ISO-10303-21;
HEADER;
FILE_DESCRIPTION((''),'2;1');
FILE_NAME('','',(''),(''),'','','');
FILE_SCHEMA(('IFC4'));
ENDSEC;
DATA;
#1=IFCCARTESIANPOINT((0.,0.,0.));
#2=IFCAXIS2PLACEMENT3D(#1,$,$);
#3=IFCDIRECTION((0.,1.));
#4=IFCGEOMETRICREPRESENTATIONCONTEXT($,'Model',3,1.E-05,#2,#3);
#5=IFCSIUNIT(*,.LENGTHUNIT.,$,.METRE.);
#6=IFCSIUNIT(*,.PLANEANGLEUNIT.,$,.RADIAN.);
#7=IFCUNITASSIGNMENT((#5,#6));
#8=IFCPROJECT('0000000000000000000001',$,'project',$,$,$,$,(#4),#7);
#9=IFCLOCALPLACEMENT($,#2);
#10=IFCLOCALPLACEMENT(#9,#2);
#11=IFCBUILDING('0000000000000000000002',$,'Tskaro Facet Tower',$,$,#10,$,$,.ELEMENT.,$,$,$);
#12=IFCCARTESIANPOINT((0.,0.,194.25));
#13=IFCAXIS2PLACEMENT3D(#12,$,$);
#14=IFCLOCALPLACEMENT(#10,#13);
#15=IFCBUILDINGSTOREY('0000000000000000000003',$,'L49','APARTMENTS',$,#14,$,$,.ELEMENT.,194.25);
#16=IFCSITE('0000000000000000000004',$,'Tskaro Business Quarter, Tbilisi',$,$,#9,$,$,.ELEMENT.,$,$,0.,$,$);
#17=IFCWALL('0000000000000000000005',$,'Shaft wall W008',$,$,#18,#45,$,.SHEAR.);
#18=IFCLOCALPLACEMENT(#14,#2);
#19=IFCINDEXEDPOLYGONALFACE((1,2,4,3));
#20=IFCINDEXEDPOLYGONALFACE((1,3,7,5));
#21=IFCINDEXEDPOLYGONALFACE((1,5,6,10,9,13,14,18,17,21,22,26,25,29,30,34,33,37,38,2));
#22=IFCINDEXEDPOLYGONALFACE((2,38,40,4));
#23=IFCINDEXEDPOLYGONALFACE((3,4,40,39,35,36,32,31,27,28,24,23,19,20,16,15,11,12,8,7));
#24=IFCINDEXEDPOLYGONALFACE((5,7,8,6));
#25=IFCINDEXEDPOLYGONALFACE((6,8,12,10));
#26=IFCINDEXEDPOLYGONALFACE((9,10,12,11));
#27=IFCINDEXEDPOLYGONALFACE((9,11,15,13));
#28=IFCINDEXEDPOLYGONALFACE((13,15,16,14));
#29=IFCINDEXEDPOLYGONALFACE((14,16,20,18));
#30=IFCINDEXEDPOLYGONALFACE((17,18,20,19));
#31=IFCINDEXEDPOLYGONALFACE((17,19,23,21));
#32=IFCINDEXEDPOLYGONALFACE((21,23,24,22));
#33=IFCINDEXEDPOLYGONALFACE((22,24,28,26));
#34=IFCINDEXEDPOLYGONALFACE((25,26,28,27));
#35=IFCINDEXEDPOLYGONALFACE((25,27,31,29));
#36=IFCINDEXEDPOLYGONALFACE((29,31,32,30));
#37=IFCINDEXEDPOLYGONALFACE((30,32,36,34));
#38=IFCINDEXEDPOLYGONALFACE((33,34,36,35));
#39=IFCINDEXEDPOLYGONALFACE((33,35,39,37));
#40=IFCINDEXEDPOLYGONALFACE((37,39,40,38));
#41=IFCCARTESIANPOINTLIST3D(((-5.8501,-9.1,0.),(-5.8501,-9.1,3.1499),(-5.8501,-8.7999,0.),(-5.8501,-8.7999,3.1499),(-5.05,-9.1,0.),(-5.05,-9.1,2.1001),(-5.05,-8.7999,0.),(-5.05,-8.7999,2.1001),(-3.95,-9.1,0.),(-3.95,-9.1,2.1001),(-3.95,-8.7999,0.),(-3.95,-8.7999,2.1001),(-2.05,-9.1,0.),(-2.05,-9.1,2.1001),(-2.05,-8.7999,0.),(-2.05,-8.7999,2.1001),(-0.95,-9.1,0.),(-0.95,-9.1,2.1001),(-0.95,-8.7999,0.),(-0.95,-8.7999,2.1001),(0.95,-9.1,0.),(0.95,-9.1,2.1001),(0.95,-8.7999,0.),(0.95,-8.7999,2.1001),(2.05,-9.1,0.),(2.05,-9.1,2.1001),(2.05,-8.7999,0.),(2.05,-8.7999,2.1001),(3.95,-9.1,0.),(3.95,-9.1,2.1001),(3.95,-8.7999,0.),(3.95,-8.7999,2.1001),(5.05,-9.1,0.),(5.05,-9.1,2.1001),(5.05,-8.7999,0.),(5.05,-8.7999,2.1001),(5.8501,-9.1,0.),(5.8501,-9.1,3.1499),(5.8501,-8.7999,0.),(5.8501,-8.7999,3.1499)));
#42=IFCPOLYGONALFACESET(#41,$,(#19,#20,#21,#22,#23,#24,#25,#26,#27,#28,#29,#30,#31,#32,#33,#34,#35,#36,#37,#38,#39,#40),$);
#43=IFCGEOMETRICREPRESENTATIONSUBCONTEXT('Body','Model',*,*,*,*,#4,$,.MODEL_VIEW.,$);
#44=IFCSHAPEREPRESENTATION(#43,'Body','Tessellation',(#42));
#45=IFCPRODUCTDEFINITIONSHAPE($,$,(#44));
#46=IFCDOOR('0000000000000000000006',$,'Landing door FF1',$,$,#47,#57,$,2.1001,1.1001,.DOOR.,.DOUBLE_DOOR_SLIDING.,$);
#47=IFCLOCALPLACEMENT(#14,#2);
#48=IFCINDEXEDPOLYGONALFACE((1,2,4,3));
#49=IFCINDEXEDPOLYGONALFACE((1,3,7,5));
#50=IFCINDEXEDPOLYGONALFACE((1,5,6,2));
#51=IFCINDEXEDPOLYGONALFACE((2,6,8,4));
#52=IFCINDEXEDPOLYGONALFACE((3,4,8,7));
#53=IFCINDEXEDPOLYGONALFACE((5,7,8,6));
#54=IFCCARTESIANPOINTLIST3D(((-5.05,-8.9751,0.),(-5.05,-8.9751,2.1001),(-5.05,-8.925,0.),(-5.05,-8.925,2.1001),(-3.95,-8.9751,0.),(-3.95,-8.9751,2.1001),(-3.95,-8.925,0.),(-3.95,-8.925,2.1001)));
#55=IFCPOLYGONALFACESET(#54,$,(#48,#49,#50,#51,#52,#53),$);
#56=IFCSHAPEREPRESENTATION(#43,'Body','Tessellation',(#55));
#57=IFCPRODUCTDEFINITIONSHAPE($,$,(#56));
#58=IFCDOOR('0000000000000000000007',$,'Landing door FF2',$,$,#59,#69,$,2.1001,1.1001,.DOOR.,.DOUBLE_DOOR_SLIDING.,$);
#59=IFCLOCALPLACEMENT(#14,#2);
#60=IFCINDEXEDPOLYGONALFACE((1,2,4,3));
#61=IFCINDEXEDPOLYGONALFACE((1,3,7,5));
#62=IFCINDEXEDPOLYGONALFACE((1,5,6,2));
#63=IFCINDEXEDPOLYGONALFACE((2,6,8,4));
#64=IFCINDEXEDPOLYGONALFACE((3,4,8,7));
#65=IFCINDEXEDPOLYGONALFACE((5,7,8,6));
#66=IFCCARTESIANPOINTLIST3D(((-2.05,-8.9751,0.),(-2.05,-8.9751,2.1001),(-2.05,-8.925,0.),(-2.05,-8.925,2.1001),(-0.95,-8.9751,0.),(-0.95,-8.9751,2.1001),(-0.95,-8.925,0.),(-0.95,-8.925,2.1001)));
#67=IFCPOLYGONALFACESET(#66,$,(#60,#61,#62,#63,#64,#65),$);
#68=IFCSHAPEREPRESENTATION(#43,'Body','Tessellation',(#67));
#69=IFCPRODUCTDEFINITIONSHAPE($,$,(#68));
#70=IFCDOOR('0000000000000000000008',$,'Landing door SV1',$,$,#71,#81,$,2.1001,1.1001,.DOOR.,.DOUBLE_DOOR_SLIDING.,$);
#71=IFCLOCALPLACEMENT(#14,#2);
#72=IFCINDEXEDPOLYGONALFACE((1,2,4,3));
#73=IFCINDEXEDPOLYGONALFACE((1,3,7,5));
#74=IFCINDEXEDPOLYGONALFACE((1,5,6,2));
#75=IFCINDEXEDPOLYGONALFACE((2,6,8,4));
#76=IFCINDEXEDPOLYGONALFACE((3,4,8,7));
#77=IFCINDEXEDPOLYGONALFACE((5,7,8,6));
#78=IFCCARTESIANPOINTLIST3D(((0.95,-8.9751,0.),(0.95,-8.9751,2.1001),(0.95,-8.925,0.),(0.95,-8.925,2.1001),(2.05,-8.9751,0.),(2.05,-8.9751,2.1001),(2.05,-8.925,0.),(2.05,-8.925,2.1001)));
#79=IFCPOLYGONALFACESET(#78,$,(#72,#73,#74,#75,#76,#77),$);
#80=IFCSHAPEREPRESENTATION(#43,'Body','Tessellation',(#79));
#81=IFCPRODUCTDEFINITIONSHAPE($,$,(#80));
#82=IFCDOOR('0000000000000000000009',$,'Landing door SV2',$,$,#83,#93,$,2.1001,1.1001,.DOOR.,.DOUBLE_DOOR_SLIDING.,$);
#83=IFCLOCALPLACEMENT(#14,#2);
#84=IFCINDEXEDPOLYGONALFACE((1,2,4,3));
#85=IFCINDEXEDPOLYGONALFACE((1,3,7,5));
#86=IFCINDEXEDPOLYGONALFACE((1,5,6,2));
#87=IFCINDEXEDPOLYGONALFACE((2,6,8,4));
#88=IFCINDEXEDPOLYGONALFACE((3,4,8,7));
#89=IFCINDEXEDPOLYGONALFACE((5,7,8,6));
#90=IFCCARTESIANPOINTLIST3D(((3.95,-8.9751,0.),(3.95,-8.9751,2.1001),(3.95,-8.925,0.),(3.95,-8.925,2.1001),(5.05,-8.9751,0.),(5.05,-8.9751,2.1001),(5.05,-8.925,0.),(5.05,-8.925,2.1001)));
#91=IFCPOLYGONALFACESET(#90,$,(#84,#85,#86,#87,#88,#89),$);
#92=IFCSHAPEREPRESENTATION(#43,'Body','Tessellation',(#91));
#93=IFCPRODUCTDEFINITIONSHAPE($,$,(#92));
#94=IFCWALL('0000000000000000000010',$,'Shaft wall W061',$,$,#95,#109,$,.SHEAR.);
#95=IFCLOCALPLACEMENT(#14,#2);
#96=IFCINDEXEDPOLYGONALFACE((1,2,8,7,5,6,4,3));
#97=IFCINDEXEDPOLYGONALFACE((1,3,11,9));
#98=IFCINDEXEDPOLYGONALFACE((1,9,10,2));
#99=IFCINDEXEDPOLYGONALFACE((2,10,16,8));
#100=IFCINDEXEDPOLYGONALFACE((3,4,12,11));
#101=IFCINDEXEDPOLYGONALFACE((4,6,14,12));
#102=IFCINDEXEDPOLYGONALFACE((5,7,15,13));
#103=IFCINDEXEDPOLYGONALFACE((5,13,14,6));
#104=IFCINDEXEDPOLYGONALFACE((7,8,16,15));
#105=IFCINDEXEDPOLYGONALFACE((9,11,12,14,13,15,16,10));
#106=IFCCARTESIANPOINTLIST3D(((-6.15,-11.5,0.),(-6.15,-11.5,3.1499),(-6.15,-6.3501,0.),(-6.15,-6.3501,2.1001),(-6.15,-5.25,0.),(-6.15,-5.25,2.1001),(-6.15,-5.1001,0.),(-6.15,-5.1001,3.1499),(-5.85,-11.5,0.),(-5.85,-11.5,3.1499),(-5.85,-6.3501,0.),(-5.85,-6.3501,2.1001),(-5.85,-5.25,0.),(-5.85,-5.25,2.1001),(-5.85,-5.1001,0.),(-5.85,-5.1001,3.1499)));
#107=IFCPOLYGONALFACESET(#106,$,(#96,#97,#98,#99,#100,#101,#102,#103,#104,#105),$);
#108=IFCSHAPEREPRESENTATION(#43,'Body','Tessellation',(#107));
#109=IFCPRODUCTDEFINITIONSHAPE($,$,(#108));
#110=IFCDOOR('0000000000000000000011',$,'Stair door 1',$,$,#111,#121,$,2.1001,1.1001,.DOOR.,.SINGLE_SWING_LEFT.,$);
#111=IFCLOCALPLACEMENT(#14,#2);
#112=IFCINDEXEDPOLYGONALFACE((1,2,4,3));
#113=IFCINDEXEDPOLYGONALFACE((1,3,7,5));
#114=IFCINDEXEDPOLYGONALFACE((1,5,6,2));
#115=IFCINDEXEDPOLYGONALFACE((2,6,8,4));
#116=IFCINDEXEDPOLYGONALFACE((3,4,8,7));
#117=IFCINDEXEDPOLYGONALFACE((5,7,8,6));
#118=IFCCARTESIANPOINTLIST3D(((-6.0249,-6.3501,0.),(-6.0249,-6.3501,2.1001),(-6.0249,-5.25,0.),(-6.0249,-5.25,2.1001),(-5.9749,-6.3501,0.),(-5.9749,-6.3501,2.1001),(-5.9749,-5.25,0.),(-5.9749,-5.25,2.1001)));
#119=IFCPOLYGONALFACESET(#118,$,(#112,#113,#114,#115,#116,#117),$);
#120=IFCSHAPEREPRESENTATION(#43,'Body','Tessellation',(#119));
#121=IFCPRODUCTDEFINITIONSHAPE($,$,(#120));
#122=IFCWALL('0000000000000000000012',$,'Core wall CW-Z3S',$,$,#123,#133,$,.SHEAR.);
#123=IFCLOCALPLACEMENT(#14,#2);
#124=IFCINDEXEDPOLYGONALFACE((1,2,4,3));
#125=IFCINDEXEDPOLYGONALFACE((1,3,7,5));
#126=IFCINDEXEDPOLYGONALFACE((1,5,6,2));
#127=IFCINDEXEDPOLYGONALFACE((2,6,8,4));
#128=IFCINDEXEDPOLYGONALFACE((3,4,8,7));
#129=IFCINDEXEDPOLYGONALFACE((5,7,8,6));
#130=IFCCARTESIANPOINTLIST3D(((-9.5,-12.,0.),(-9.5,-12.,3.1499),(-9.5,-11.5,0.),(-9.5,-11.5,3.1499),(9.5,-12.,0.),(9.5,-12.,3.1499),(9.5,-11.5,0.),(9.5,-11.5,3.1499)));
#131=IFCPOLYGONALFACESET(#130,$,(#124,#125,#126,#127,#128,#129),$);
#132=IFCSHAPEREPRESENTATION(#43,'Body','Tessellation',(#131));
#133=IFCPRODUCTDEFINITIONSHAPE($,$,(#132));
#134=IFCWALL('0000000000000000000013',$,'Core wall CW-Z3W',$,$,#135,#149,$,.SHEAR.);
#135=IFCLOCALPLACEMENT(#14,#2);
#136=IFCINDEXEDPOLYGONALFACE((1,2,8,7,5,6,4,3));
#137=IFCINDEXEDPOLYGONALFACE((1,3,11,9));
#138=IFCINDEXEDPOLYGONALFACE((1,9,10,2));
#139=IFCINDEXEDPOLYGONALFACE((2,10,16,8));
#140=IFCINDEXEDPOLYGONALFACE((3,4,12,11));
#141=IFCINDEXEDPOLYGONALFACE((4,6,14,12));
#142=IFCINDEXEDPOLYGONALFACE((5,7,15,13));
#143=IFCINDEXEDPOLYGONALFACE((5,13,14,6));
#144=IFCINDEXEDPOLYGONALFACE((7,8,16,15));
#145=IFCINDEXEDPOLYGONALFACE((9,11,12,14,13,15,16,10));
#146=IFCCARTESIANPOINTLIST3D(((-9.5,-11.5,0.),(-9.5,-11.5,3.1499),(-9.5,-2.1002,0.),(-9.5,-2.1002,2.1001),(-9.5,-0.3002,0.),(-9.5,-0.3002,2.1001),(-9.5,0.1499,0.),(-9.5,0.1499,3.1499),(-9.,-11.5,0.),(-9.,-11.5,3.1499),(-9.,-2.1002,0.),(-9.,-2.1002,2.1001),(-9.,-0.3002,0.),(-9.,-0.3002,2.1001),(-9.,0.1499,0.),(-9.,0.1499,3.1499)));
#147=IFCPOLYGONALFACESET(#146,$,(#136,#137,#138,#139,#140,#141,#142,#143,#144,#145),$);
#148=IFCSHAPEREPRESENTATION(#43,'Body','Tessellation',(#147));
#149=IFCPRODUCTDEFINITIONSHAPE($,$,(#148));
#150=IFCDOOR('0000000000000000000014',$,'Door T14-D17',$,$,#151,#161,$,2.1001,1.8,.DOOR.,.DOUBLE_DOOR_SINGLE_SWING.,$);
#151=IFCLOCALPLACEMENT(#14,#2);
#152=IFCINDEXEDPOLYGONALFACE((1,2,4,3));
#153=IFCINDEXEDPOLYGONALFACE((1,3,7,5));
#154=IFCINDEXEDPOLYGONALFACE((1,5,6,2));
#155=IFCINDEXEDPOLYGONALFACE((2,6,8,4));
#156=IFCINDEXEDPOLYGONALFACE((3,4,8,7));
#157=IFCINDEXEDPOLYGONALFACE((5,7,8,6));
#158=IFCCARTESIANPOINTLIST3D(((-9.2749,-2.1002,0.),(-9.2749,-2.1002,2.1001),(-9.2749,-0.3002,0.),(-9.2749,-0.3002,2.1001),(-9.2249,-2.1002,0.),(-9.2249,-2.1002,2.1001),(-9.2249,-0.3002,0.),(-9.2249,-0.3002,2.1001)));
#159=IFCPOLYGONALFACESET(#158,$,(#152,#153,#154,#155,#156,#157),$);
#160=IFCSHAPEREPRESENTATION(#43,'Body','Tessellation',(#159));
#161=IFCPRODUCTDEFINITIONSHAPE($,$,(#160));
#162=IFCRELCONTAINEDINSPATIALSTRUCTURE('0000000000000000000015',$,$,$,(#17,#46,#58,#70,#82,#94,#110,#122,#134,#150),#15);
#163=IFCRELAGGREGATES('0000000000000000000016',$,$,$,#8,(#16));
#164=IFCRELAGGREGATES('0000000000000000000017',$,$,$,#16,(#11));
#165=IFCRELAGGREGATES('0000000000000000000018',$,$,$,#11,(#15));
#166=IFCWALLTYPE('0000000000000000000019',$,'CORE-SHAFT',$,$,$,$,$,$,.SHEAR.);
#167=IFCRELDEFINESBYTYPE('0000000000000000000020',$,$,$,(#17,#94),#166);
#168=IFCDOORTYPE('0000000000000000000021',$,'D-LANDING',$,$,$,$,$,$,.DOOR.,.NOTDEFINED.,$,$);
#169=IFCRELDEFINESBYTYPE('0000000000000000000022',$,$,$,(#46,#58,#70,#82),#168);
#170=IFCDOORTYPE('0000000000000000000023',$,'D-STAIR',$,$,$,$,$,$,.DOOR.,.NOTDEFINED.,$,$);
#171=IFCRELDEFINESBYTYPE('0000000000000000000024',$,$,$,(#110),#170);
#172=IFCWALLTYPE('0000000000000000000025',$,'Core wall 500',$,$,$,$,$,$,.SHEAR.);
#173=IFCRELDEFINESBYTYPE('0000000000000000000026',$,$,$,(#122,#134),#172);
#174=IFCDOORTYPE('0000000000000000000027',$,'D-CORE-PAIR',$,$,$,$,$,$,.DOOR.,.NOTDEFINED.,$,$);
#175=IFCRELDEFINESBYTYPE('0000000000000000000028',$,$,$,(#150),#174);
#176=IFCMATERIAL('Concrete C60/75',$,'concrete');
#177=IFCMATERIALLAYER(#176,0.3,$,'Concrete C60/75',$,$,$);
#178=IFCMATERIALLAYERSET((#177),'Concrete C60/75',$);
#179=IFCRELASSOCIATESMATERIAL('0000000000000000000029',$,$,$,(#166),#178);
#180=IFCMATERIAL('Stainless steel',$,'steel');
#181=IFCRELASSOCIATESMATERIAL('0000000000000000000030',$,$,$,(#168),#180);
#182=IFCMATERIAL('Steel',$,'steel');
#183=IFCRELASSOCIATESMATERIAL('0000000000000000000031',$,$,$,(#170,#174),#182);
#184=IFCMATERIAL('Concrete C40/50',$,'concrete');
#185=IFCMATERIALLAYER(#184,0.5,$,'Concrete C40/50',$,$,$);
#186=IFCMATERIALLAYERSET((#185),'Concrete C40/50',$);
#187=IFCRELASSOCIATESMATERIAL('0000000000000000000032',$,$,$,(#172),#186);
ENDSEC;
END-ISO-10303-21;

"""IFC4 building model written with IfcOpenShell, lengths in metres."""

from ifc_helpers import new_model, si_unit, direction, frame, frame_2d, origin, place, context, subcontext, project, spatial, rectangle, extrude, material, layer, layer_set, type_object, element, fill, save


model = new_model("IFC4")

# Units and contexts
model_context = context("Model", 3, precision=1e-05, world=origin(), true_north=direction((0.0, 1.0)))
body_context = subcontext(model_context, "Body", "Model", "MODEL_VIEW")
ifc_project = project(units=[si_unit("LENGTHUNIT", "METRE"), si_unit("PLANEANGLEUNIT", "RADIAN")], contexts=[model_context])

# Site, building, storey
site_placement = place(None, origin())
site = spatial("IfcSite", under=ifc_project, at=site_placement, Name="Tskaro Business Quarter, Tbilisi", CompositionType="ELEMENT", RefElevation=0.0)
building_placement = place(site_placement, origin())
building = spatial("IfcBuilding", under=site, at=building_placement, Name="Tskaro Facet Tower", CompositionType="ELEMENT")
storey_placement = place(building_placement, frame((0.0, 0.0, 194.25)))
storey = spatial("IfcBuildingStorey", under=building, at=storey_placement, Name="L49", Description="APARTMENTS", CompositionType="ELEMENT", Elevation=194.25)

# Wall, openings, doors
ifc_material_1 = material(Name="Concrete C60/75", Category="concrete")
ifc_layer_1 = layer(ifc_material_1, 0.3, Name="Concrete C60/75")
ifc_layer_set_1 = layer_set([ifc_layer_1], Name="Concrete C60/75")
wall_type_1 = type_object("IfcWallType", Name="CORE-SHAFT", PredefinedType="SHEAR", material=ifc_layer_set_1)
wall_1_placement = place(storey_placement, frame((-5.8501, -8.95, 0.0), z_axis=(0.0, 0.0, 1.0), x_axis=(1.0, 0.0, 0.0)))
wall_1 = element("IfcWall", 1, at=wall_1_placement, inside=storey, type_object=wall_type_1, Name="Shaft wall W008", PredefinedType="SHEAR", context=body_context, shape_type="SweptSolid", body=[
    extrude(rectangle(XDim=11.7002, YDim=0.3, at=frame_2d((5.8501, 0.0))), origin(), (0.0, 0.0, 1.0), 3.1499),
])
opening_1_placement = place(wall_1_placement, frame((0.8, 0.0, 0.0)))
opening_1 = element("IfcOpeningElement", 2, at=opening_1_placement, cuts=wall_1, PredefinedType="OPENING", context=body_context, shape_type="SweptSolid", body=[
    extrude(rectangle(XDim=1.1001, YDim=2.1001, at=frame_2d((0.55, 1.05))), frame((0.0, 0.1599, 0.0), z_axis=(0.0, -1.0, 0.0), x_axis=(1.0, 0.0, 0.0)), (0.0, 0.0, 1.0), 0.3201),
])
opening_2_placement = place(wall_1_placement, frame((3.8, 0.0, 0.0)))
opening_2 = element("IfcOpeningElement", 3, at=opening_2_placement, cuts=wall_1, PredefinedType="OPENING", context=body_context, shape_type="SweptSolid", body=[
    extrude(rectangle(XDim=1.1001, YDim=2.1001, at=frame_2d((0.55, 1.05))), frame((0.0, 0.1599, 0.0), z_axis=(0.0, -1.0, 0.0), x_axis=(1.0, 0.0, 0.0)), (0.0, 0.0, 1.0), 0.3201),
])
opening_3_placement = place(wall_1_placement, frame((6.8, 0.0, 0.0)))
opening_3 = element("IfcOpeningElement", 4, at=opening_3_placement, cuts=wall_1, PredefinedType="OPENING", context=body_context, shape_type="SweptSolid", body=[
    extrude(rectangle(XDim=1.1001, YDim=2.1001, at=frame_2d((0.55, 1.05))), frame((0.0, 0.1599, 0.0), z_axis=(0.0, -1.0, 0.0), x_axis=(1.0, 0.0, 0.0)), (0.0, 0.0, 1.0), 0.3201),
])
opening_4_placement = place(wall_1_placement, frame((9.8, 0.0, 0.0)))
opening_4 = element("IfcOpeningElement", 5, at=opening_4_placement, cuts=wall_1, PredefinedType="OPENING", context=body_context, shape_type="SweptSolid", body=[
    extrude(rectangle(XDim=1.1001, YDim=2.1001, at=frame_2d((0.55, 1.05))), frame((0.0, 0.1599, 0.0), z_axis=(0.0, -1.0, 0.0), x_axis=(1.0, 0.0, 0.0)), (0.0, 0.0, 1.0), 0.3201),
])
ifc_material_2 = material(Name="Stainless steel", Category="steel")
door_type_1 = type_object("IfcDoorType", Name="D-LANDING", OperationType="NOTDEFINED", PredefinedType="DOOR", material=ifc_material_2)
door_1_placement = place(opening_1_placement, origin())
door_1 = element("IfcDoor", 6, at=door_1_placement, inside=storey, type_object=door_type_1, Name="Landing door FF1", OperationType="DOUBLE_DOOR_SLIDING", OverallHeight=2.1001, OverallWidth=1.1001, PredefinedType="DOOR", context=body_context, shape_type="SweptSolid", body=[
    extrude(rectangle(XDim=1.1001, YDim=2.1001, at=frame_2d((0.55, 1.05))), frame((0.0, 0.0249, 0.0), z_axis=(0.0, -1.0, 0.0), x_axis=(1.0, 0.0, 0.0)), (0.0, 0.0, 1.0), 0.05),
])
fill(opening_1, door_1)
door_2_placement = place(opening_2_placement, origin())
door_2 = element("IfcDoor", 7, at=door_2_placement, inside=storey, type_object=door_type_1, Name="Landing door FF2", OperationType="DOUBLE_DOOR_SLIDING", OverallHeight=2.1001, OverallWidth=1.1001, PredefinedType="DOOR", context=body_context, shape_type="SweptSolid", body=[
    extrude(rectangle(XDim=1.1001, YDim=2.1001, at=frame_2d((0.55, 1.05))), frame((0.0, 0.0249, 0.0), z_axis=(0.0, -1.0, 0.0), x_axis=(1.0, 0.0, 0.0)), (0.0, 0.0, 1.0), 0.05),
])
fill(opening_2, door_2)
door_3_placement = place(opening_3_placement, origin())
door_3 = element("IfcDoor", 8, at=door_3_placement, inside=storey, type_object=door_type_1, Name="Landing door SV1", OperationType="DOUBLE_DOOR_SLIDING", OverallHeight=2.1001, OverallWidth=1.1001, PredefinedType="DOOR", context=body_context, shape_type="SweptSolid", body=[
    extrude(rectangle(XDim=1.1001, YDim=2.1001, at=frame_2d((0.55, 1.05))), frame((0.0, 0.0249, 0.0), z_axis=(0.0, -1.0, 0.0), x_axis=(1.0, 0.0, 0.0)), (0.0, 0.0, 1.0), 0.05),
])
fill(opening_3, door_3)
door_4_placement = place(opening_4_placement, origin())
door_4 = element("IfcDoor", 9, at=door_4_placement, inside=storey, type_object=door_type_1, Name="Landing door SV2", OperationType="DOUBLE_DOOR_SLIDING", OverallHeight=2.1001, OverallWidth=1.1001, PredefinedType="DOOR", context=body_context, shape_type="SweptSolid", body=[
    extrude(rectangle(XDim=1.1001, YDim=2.1001, at=frame_2d((0.55, 1.05))), frame((0.0, 0.0249, 0.0), z_axis=(0.0, -1.0, 0.0), x_axis=(1.0, 0.0, 0.0)), (0.0, 0.0, 1.0), 0.05),
])
fill(opening_4, door_4)

# Wall, opening, door
wall_2_placement = place(storey_placement, frame((-6.0, -11.5, 0.0), z_axis=(0.0, 0.0, 1.0), x_axis=(0.0, 1.0, 0.0)))
wall_2 = element("IfcWall", 10, at=wall_2_placement, inside=storey, type_object=wall_type_1, Name="Shaft wall W061", PredefinedType="SHEAR", context=body_context, shape_type="SweptSolid", body=[
    extrude(rectangle(XDim=6.3999, YDim=0.3, at=frame_2d((3.2, 0.0))), origin(), (0.0, 0.0, 1.0), 3.1499),
])
opening_5_placement = place(wall_2_placement, frame((5.1499, 0.0, 0.0)))
opening_5 = element("IfcOpeningElement", 11, at=opening_5_placement, cuts=wall_2, PredefinedType="OPENING", context=body_context, shape_type="SweptSolid", body=[
    extrude(rectangle(XDim=1.1001, YDim=2.1001, at=frame_2d((0.55, 1.05))), frame((0.0, 0.1599, 0.0), z_axis=(0.0, -1.0, 0.0), x_axis=(1.0, 0.0, 0.0)), (0.0, 0.0, 1.0), 0.3201),
])
ifc_material_3 = material(Name="Steel", Category="steel")
door_type_2 = type_object("IfcDoorType", Name="D-STAIR", OperationType="NOTDEFINED", PredefinedType="DOOR", material=ifc_material_3)
door_5_placement = place(opening_5_placement, origin())
door_5 = element("IfcDoor", 12, at=door_5_placement, inside=storey, type_object=door_type_2, Name="Stair door 1", OperationType="SINGLE_SWING_LEFT", OverallHeight=2.1001, OverallWidth=1.1001, PredefinedType="DOOR", context=body_context, shape_type="SweptSolid", body=[
    extrude(rectangle(XDim=1.1001, YDim=2.1001, at=frame_2d((0.55, 1.05))), frame((0.0, 0.0249, 0.0), z_axis=(0.0, -1.0, 0.0), x_axis=(1.0, 0.0, 0.0)), (0.0, 0.0, 1.0), 0.05),
])
fill(opening_5, door_5)

# Wall
ifc_material_4 = material(Name="Concrete C40/50", Category="concrete")
ifc_layer_2 = layer(ifc_material_4, 0.5, Name="Concrete C40/50")
ifc_layer_set_2 = layer_set([ifc_layer_2], Name="Concrete C40/50")
wall_type_2 = type_object("IfcWallType", Name="Core wall 500", PredefinedType="SHEAR", material=ifc_layer_set_2)
wall_3_placement = place(storey_placement, frame((-9.5, -11.75, 0.0), z_axis=(0.0, 0.0, 1.0), x_axis=(1.0, 0.0, 0.0)))
element("IfcWall", 13, at=wall_3_placement, inside=storey, type_object=wall_type_2, Name="Core wall CW-Z3S", PredefinedType="SHEAR", context=body_context, shape_type="SweptSolid", body=[
    extrude(rectangle(XDim=19.0, YDim=0.5, at=frame_2d((9.5, 0.0))), origin(), (0.0, 0.0, 1.0), 3.1499),
])

# Wall, opening, door
wall_4_placement = place(storey_placement, frame((-9.25, -11.5, 0.0), z_axis=(0.0, 0.0, 1.0), x_axis=(0.0, 1.0, 0.0)))
wall_4 = element("IfcWall", 14, at=wall_4_placement, inside=storey, type_object=wall_type_2, Name="Core wall CW-Z3W", PredefinedType="SHEAR", context=body_context, shape_type="SweptSolid", body=[
    extrude(rectangle(XDim=11.6499, YDim=0.5, at=frame_2d((5.825, 0.0))), origin(), (0.0, 0.0, 1.0), 3.1499),
])
opening_6_placement = place(wall_4_placement, frame((9.3999, 0.0, 0.0)))
opening_6 = element("IfcOpeningElement", 15, at=opening_6_placement, cuts=wall_4, PredefinedType="OPENING", context=body_context, shape_type="SweptSolid", body=[
    extrude(rectangle(XDim=1.8, YDim=2.1001, at=frame_2d((0.8999, 1.05))), frame((0.0, 0.26, 0.0), z_axis=(0.0, -1.0, 0.0), x_axis=(1.0, 0.0, 0.0)), (0.0, 0.0, 1.0), 0.52),
])
door_type_3 = type_object("IfcDoorType", Name="D-CORE-PAIR", OperationType="NOTDEFINED", PredefinedType="DOOR", material=ifc_material_3)
door_6_placement = place(opening_6_placement, origin())
door_6 = element("IfcDoor", 16, at=door_6_placement, inside=storey, type_object=door_type_3, Name="Door T14-D17", OperationType="DOUBLE_DOOR_SINGLE_SWING", OverallHeight=2.1001, OverallWidth=1.8, PredefinedType="DOOR", context=body_context, shape_type="SweptSolid", body=[
    extrude(rectangle(XDim=1.8, YDim=2.1001, at=frame_2d((0.8999, 1.05))), frame((0.0, 0.0249, 0.0), z_axis=(0.0, -1.0, 0.0), x_axis=(1.0, 0.0, 0.0)), (0.0, 0.0, 1.0), 0.05),
])
fill(opening_6, door_6)

save(model, "model.ifc")
